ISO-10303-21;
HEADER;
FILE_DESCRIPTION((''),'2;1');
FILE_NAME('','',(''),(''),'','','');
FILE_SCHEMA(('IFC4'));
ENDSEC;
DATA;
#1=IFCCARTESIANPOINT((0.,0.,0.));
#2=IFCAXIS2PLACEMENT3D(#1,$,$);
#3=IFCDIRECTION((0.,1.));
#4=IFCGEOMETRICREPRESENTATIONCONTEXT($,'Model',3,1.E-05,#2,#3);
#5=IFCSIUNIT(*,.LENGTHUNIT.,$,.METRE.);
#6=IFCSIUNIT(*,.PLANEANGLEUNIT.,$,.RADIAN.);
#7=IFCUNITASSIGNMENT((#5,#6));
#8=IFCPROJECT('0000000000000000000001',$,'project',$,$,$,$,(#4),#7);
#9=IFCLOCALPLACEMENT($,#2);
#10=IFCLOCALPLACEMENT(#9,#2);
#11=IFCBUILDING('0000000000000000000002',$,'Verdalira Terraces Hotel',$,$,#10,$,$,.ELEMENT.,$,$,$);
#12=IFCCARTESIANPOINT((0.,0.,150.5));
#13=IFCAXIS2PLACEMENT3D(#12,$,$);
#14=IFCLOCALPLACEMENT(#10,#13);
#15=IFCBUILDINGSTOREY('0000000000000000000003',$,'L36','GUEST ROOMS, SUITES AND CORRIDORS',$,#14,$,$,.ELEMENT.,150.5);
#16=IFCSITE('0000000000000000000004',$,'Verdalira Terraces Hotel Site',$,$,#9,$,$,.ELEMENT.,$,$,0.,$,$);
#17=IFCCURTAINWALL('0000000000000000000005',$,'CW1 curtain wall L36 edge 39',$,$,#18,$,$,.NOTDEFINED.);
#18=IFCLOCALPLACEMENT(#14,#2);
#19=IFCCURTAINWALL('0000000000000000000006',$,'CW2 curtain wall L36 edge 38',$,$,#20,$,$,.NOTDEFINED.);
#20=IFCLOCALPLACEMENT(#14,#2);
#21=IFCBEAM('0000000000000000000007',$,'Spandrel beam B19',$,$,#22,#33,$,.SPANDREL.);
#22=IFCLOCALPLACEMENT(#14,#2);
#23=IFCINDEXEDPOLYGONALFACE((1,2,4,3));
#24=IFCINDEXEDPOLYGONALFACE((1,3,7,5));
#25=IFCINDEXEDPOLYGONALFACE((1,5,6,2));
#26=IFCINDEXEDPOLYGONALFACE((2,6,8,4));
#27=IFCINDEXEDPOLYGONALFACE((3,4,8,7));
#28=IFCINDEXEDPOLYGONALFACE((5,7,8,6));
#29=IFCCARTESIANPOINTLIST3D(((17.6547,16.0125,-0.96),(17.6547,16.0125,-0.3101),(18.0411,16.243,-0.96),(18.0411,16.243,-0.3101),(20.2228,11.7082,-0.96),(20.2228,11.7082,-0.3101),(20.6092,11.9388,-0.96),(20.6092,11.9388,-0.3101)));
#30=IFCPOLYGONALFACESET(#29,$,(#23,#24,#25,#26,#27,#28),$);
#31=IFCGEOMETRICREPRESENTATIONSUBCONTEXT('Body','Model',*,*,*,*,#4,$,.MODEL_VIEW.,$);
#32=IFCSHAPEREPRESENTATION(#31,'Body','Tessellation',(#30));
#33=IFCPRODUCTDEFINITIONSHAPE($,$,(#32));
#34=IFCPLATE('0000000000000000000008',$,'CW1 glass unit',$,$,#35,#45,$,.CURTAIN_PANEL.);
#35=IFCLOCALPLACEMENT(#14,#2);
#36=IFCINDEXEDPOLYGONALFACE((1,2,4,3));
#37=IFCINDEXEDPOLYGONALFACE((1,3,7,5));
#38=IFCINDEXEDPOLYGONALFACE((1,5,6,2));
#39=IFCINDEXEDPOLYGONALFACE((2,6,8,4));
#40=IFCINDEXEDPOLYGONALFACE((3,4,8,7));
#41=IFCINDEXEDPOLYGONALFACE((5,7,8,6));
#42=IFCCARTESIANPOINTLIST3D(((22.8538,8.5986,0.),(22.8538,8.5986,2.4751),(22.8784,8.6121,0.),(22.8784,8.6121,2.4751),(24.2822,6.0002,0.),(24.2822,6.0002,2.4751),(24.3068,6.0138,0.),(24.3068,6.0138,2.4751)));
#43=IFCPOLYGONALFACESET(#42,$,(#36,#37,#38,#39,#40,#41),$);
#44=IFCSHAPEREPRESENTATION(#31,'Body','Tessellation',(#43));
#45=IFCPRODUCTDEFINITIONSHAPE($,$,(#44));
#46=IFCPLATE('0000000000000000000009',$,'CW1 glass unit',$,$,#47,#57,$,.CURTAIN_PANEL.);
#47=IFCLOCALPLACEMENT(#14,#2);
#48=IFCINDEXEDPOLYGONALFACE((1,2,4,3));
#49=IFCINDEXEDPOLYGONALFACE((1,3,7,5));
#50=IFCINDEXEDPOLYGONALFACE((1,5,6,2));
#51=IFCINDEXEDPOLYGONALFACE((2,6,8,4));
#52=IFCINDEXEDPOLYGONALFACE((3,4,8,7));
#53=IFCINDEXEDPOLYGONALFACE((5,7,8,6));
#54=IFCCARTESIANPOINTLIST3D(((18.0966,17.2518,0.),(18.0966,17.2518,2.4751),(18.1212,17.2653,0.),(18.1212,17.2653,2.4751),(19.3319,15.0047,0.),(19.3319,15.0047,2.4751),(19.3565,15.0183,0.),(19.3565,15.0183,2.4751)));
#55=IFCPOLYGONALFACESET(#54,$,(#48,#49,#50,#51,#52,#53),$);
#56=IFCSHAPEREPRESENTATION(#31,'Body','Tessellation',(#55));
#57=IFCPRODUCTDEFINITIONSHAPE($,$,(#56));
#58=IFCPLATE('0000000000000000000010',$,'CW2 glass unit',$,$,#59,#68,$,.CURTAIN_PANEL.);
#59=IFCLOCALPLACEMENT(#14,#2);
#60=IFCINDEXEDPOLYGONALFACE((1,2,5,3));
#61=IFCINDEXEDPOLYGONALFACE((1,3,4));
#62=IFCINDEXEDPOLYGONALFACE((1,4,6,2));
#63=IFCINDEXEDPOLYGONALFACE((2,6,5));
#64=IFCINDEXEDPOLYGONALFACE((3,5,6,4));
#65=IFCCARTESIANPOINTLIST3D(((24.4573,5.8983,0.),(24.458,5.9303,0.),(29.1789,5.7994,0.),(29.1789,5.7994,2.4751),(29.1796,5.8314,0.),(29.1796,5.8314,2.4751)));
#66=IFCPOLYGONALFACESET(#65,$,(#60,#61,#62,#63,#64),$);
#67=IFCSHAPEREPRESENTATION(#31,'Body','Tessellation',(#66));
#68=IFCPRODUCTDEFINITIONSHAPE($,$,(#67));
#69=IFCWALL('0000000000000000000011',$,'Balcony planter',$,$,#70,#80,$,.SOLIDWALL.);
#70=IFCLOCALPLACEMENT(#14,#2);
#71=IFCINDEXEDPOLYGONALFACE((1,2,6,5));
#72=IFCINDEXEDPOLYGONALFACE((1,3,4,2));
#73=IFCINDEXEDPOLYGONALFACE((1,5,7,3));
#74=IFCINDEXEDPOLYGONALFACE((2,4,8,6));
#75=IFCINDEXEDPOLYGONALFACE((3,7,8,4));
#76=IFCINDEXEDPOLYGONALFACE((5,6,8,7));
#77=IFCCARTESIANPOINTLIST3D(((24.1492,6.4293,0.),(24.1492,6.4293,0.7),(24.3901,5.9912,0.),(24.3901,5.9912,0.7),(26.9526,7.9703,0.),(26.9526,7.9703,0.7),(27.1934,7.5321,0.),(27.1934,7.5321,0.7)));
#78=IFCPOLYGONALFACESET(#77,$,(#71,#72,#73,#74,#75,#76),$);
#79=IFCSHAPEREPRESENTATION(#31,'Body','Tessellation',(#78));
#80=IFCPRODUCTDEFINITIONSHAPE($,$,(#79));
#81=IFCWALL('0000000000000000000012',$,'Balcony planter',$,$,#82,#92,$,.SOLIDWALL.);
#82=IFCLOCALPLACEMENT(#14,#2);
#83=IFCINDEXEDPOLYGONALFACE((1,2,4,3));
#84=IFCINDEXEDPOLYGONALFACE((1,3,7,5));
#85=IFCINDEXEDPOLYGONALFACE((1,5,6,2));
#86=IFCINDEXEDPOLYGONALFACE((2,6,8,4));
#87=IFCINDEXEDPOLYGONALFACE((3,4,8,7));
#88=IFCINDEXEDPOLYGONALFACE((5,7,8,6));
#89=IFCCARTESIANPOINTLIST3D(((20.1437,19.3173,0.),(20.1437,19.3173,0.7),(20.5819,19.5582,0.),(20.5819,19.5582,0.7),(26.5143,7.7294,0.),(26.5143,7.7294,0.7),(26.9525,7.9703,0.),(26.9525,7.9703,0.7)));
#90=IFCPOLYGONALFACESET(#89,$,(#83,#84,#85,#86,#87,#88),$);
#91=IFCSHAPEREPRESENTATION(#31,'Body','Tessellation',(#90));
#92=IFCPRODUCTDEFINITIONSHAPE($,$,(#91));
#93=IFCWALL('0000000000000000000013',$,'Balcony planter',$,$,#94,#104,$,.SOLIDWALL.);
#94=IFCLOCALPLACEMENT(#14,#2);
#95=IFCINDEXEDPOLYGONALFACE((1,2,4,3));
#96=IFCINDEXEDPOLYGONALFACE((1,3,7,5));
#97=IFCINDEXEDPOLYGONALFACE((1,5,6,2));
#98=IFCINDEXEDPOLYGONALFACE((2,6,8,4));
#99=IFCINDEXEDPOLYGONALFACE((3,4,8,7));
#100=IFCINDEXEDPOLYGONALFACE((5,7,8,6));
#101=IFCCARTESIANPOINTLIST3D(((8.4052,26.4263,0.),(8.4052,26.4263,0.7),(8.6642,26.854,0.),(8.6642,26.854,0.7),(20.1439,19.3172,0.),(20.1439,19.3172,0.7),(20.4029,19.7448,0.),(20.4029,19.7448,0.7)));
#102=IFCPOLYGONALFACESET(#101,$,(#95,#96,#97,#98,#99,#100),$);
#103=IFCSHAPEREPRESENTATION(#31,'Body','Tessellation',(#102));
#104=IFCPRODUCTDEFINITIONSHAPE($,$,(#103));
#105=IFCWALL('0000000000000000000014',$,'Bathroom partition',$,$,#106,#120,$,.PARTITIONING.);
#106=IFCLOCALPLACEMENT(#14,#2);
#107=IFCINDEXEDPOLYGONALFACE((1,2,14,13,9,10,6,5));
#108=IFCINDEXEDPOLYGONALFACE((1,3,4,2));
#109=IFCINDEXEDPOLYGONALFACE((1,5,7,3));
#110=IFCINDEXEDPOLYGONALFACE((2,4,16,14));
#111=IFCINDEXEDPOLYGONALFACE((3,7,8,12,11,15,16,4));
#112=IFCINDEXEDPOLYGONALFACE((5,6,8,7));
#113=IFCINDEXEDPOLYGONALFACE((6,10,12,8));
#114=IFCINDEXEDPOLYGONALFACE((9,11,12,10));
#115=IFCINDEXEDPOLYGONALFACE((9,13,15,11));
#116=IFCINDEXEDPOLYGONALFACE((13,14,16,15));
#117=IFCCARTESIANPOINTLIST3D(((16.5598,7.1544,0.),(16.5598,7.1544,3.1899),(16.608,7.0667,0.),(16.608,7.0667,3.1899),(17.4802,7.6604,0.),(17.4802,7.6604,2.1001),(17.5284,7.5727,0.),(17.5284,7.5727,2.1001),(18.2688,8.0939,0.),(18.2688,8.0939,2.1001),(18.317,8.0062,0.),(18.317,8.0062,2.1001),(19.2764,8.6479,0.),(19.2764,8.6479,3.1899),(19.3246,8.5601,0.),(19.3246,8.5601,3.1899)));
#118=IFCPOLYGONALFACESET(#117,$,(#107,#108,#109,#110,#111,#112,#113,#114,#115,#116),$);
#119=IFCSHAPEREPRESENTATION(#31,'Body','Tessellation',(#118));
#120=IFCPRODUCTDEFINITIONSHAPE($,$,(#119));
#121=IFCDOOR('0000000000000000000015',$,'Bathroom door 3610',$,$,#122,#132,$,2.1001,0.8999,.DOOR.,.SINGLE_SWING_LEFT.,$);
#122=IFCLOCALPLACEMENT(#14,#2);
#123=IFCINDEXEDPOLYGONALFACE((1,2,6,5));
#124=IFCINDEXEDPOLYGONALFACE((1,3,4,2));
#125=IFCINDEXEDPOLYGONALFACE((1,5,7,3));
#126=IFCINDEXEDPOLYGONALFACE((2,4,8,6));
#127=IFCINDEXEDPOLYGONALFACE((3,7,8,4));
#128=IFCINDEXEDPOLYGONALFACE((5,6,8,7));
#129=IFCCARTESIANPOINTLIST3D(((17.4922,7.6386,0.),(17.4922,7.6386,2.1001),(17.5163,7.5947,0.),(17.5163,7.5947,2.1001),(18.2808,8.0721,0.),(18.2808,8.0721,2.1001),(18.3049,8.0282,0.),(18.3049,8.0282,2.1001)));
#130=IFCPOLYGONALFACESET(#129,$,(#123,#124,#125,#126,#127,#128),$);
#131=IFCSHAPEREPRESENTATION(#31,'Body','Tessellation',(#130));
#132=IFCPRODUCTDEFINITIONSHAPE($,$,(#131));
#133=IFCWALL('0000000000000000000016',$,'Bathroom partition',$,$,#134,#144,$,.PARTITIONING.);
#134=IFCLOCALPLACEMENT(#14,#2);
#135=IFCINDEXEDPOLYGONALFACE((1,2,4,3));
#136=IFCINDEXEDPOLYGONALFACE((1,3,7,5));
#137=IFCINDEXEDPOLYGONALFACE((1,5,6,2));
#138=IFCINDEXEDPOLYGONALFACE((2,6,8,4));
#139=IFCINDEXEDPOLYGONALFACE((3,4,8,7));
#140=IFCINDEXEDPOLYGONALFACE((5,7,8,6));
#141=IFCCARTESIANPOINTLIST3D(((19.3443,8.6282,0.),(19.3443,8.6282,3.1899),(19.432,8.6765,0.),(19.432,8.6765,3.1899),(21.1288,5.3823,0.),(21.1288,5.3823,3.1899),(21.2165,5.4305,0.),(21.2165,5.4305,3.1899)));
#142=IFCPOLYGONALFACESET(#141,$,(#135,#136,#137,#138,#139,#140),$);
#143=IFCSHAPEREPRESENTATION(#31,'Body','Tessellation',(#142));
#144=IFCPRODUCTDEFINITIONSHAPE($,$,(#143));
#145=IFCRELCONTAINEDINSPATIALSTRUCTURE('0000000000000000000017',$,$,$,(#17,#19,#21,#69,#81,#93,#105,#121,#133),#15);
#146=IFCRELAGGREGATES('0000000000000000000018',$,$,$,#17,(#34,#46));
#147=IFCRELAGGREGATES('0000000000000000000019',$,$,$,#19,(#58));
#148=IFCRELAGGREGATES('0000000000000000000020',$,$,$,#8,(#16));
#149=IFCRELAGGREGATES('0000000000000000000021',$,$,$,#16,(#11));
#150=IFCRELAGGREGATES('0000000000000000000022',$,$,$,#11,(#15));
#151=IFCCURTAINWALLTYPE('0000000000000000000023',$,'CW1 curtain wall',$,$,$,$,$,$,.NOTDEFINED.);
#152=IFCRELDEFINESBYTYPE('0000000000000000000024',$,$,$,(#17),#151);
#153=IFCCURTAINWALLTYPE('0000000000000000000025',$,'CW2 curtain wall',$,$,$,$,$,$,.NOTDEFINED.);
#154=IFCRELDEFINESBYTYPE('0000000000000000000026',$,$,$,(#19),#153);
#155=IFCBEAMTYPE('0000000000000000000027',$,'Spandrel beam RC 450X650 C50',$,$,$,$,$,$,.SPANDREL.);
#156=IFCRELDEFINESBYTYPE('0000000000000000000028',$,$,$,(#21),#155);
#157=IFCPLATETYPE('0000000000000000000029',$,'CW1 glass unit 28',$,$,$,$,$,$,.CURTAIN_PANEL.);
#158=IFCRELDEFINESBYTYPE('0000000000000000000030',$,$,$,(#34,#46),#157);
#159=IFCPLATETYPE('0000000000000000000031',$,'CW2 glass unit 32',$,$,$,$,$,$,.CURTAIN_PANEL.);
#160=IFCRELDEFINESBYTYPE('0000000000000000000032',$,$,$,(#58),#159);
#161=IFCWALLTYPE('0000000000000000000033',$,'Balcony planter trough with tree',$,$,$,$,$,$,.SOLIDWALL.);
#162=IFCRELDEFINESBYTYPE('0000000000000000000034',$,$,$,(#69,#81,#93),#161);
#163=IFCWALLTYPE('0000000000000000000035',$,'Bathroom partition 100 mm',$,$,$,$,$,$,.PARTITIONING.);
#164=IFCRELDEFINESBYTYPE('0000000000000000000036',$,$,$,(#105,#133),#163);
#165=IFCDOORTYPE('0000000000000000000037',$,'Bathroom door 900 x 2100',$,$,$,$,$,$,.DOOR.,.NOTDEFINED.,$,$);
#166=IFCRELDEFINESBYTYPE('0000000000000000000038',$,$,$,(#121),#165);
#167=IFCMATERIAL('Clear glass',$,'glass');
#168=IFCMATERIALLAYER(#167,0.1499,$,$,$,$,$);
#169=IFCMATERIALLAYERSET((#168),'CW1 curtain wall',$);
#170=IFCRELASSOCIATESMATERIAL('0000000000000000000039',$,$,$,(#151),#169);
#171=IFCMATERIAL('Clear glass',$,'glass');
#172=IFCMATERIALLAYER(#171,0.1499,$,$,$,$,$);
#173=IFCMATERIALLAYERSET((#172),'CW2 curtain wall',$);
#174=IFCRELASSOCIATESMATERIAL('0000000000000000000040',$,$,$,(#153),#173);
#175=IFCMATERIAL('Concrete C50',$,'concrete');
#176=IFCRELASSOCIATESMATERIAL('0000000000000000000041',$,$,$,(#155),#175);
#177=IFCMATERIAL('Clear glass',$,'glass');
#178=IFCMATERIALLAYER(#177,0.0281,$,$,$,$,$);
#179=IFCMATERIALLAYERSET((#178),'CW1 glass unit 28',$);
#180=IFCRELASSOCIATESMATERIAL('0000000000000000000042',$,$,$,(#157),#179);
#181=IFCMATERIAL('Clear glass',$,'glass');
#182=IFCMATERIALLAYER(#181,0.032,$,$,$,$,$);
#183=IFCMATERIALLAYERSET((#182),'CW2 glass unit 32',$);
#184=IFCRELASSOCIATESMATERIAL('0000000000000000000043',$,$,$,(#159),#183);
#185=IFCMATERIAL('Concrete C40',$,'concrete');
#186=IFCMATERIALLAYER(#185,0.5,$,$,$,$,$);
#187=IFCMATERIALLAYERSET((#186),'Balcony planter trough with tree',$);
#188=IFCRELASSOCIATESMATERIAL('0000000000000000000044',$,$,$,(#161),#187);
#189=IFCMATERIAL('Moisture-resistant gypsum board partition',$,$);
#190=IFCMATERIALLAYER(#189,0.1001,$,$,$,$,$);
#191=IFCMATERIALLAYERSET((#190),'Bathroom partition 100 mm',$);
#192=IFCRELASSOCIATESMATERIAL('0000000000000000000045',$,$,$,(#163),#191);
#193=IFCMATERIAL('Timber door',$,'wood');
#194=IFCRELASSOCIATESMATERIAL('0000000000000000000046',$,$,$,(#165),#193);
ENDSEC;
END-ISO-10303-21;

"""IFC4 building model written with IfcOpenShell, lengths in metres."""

from ifc_helpers import new_model, si_unit, direction, frame, frame_2d, origin, origin_2d, place, context, subcontext, project, spatial, polyline, rectangle, outline, extrude, material, layer, layer_set, material_profile, profile_set, type_object, element, fill, aggregate, save


model = new_model("IFC4")

# Units and contexts
model_context = context("Model", 3, precision=1e-05, world=origin(), true_north=direction((0.0, 1.0)))
body_context = subcontext(model_context, "Body", "Model", "MODEL_VIEW")
ifc_project = project(units=[si_unit("LENGTHUNIT", "METRE"), si_unit("PLANEANGLEUNIT", "RADIAN")], contexts=[model_context])

# Site, building, storey
site_placement = place(None, origin())
site = spatial("IfcSite", under=ifc_project, at=site_placement, Name="Verdalira Terraces Hotel Site", CompositionType="ELEMENT", RefElevation=0.0)
building_placement = place(site_placement, origin())
building = spatial("IfcBuilding", under=site, at=building_placement, Name="Verdalira Terraces Hotel", CompositionType="ELEMENT")
storey_placement = place(building_placement, frame((0.0, 0.0, 150.5)))
storey = spatial("IfcBuildingStorey", under=building, at=storey_placement, Name="L36", Description="GUEST ROOMS, SUITES AND CORRIDORS", CompositionType="ELEMENT", Elevation=150.5)

# Curtain wall
ifc_material_1 = material(Name="Clear glass", Category="glass")
ifc_layer_1 = layer(ifc_material_1, 0.1499)
ifc_layer_set_1 = layer_set([ifc_layer_1], Name="CW1 curtain wall")
curtain_wall_type_1 = type_object("IfcCurtainWallType", Name="CW1 curtain wall", PredefinedType="NOTDEFINED", material=ifc_layer_set_1)
curtain_wall_1_placement = place(storey_placement, origin())
curtain_wall_1 = element("IfcCurtainWall", 1, at=curtain_wall_1_placement, inside=storey, type_object=curtain_wall_type_1, Name="CW1 curtain wall L36 edge 39", PredefinedType="NOTDEFINED")

# Curtain wall
ifc_material_2 = material(Name="Clear glass", Category="glass")
ifc_layer_2 = layer(ifc_material_2, 0.1499)
ifc_layer_set_2 = layer_set([ifc_layer_2], Name="CW2 curtain wall")
curtain_wall_type_2 = type_object("IfcCurtainWallType", Name="CW2 curtain wall", PredefinedType="NOTDEFINED", material=ifc_layer_set_2)
curtain_wall_2_placement = place(storey_placement, origin())
curtain_wall_2 = element("IfcCurtainWall", 2, at=curtain_wall_2_placement, inside=storey, type_object=curtain_wall_type_2, Name="CW2 curtain wall L36 edge 38", PredefinedType="NOTDEFINED")

# Beam
ifc_material_3 = material(Name="Concrete C50", Category="concrete")
ifc_material_profile_1 = material_profile(ifc_material_3, rectangle(XDim=0.45, YDim=0.6499, at=origin_2d()), Name="RC 450X650")
ifc_profile_set_1 = profile_set([ifc_material_profile_1], Name="Concrete C50")
beam_type_1 = type_object("IfcBeamType", Name="Spandrel beam RC 450X650 C50", PredefinedType="SPANDREL", material=ifc_profile_set_1)
beam_1_placement = place(storey_placement, frame((20.416, 11.8235, -0.635), z_axis=(-0.512381, 0.858758, 0.0), x_axis=(-0.858758, -0.512381, 0.0)))
element("IfcBeam", 3, at=beam_1_placement, inside=storey, type_object=beam_type_1, Name="Spandrel beam B19", PredefinedType="SPANDREL", context=body_context, shape_type="SweptSolid", body=[
    extrude(rectangle(XDim=0.45, YDim=0.6499, at=origin_2d()), origin(), (0.0, 0.0, 1.0), 5.0122),
])

# Plates
ifc_material_4 = material(Name="Clear glass", Category="glass")
ifc_layer_3 = layer(ifc_material_4, 0.0281)
ifc_layer_set_3 = layer_set([ifc_layer_3], Name="CW1 glass unit 28")
plate_type_1 = type_object("IfcPlateType", Name="CW1 glass unit 28", PredefinedType="CURTAIN_PANEL", material=ifc_layer_set_3)
plate_1_placement = place(storey_placement, frame((23.5803, 7.3062, 0.0), z_axis=(0.0, 0.0, 1.0), x_axis=(-0.481754, 0.876307, 0.0)))
plate_1 = element("IfcPlate", 4, at=plate_1_placement, type_object=plate_type_1, Name="CW1 glass unit", PredefinedType="CURTAIN_PANEL", context=body_context, shape_type="SweptSolid", body=[
    extrude(rectangle(XDim=2.9651, YDim=0.0281, at=origin_2d()), origin(), (0.0, 0.0, 1.0), 2.4751),
])
plate_2_placement = place(storey_placement, frame((18.7266, 16.135, 0.0), z_axis=(0.0, 0.0, 1.0), x_axis=(-0.481754, 0.876307, 0.0)))
plate_2 = element("IfcPlate", 5, at=plate_2_placement, type_object=plate_type_1, Name="CW1 glass unit", PredefinedType="CURTAIN_PANEL", context=body_context, shape_type="SweptSolid", body=[
    extrude(rectangle(XDim=2.5642, YDim=0.0281, at=origin_2d()), origin(), (0.0, 0.0, 1.0), 2.4751),
])
aggregate(curtain_wall_1, [plate_1, plate_2])
ifc_material_5 = material(Name="Clear glass", Category="glass")
ifc_layer_4 = layer(ifc_material_5, 0.032)
ifc_layer_set_4 = layer_set([ifc_layer_4], Name="CW2 glass unit 32")
plate_type_2 = type_object("IfcPlateType", Name="CW2 glass unit 32", PredefinedType="CURTAIN_PANEL", material=ifc_layer_set_4)
plate_3_placement = place(storey_placement, frame((26.8181, 5.8489, 1.2375), z_axis=(0.020942, 0.999781, 0.0), x_axis=(-0.999781, 0.020942, 0.0)))
plate_3 = element("IfcPlate", 6, at=plate_3_placement, type_object=plate_type_2, Name="CW2 glass unit", PredefinedType="CURTAIN_PANEL", context=body_context, shape_type="SweptSolid", body=[
    extrude(outline(polyline([(-2.3613, -1.2375), (2.3613, -1.2375), (-2.3613, 1.2375), (-2.3613, -1.2375)])), origin(), (0.0, 0.0, 1.0), 0.032),
])
aggregate(curtain_wall_2, [plate_3])

# Walls
ifc_material_6 = material(Name="Concrete C40", Category="concrete")
ifc_layer_5 = layer(ifc_material_6, 0.5)
ifc_layer_set_5 = layer_set([ifc_layer_5], Name="Balcony planter trough with tree")
wall_type_1 = type_object("IfcWallType", Name="Balcony planter trough with tree", PredefinedType="SOLIDWALL", material=ifc_layer_set_5)
wall_1_placement = place(storey_placement, frame((24.2695, 6.2102, 0.0), z_axis=(0.0, 0.0, 1.0), x_axis=(0.876334, 0.481705, 0.0)))
element("IfcWall", 7, at=wall_1_placement, inside=storey, type_object=wall_type_1, Name="Balcony planter", PredefinedType="SOLIDWALL", context=body_context, shape_type="SweptSolid", body=[
    extrude(rectangle(XDim=3.199, YDim=0.5, at=frame_2d((1.5996, 0.0))), origin(), (0.0, 0.0, 1.0), 0.7),
])
wall_2_placement = place(storey_placement, frame((26.7334, 7.8499, 0.0), z_axis=(0.0, 0.0, 1.0), x_axis=(-0.48176, 0.876303, 0.0)))
element("IfcWall", 8, at=wall_2_placement, inside=storey, type_object=wall_type_1, Name="Balcony planter", PredefinedType="SOLIDWALL", context=body_context, shape_type="SweptSolid", body=[
    extrude(rectangle(XDim=13.2236, YDim=0.5, at=frame_2d((6.6118, 0.0))), origin(), (0.0, 0.0, 1.0), 0.7),
])
wall_3_placement = place(storey_placement, frame((20.2734, 19.531, 0.0), z_axis=(0.0, 0.0, 1.0), x_axis=(-0.855368, 0.518021, 0.0)))
element("IfcWall", 9, at=wall_3_placement, inside=storey, type_object=wall_type_1, Name="Balcony planter", PredefinedType="SOLIDWALL", context=body_context, shape_type="SweptSolid", body=[
    extrude(rectangle(XDim=13.7236, YDim=0.5, at=frame_2d((6.8618, 0.0))), origin(), (0.0, 0.0, 1.0), 0.7),
])

# Wall, opening, door
ifc_material_7 = material(Name="Moisture-resistant gypsum board partition")
ifc_layer_6 = layer(ifc_material_7, 0.1001)
ifc_layer_set_6 = layer_set([ifc_layer_6], Name="Bathroom partition 100 mm")
wall_type_2 = type_object("IfcWallType", Name="Bathroom partition 100 mm", PredefinedType="PARTITIONING", material=ifc_layer_set_6)
wall_4_placement = place(storey_placement, frame((19.3005, 8.604, 0.0), z_axis=(0.0, 0.0, 1.0), x_axis=(-0.876311, -0.481746, 0.0)))
wall_4 = element("IfcWall", 10, at=wall_4_placement, inside=storey, type_object=wall_type_2, Name="Bathroom partition", PredefinedType="PARTITIONING", context=body_context, shape_type="SweptSolid", body=[
    extrude(rectangle(XDim=3.1001, YDim=0.1001, at=frame_2d((1.55, 0.0))), origin(), (0.0, 0.0, 1.0), 3.1899),
])
opening_1_placement = place(wall_4_placement, frame((1.1499, 0.0, 0.0)))
opening_1 = element("IfcOpeningElement", 11, at=opening_1_placement, cuts=wall_4, PredefinedType="OPENING", context=body_context, shape_type="SweptSolid", body=[
    extrude(rectangle(XDim=0.8999, YDim=2.1001, at=frame_2d((0.45, 1.05))), frame((0.0, 0.0601, 0.0), z_axis=(0.0, -1.0, 0.0), x_axis=(1.0, 0.0, 0.0)), (0.0, 0.0, 1.0), 0.1201),
])
ifc_material_8 = material(Name="Timber door", Category="wood")
door_type_1 = type_object("IfcDoorType", Name="Bathroom door 900 x 2100", OperationType="NOTDEFINED", PredefinedType="DOOR", material=ifc_material_8)
door_1_placement = place(opening_1_placement, origin())
door_1 = element("IfcDoor", 12, at=door_1_placement, inside=storey, type_object=door_type_1, Name="Bathroom door 3610", OperationType="SINGLE_SWING_LEFT", OverallHeight=2.1001, OverallWidth=0.8999, PredefinedType="DOOR", context=body_context, shape_type="SweptSolid", body=[
    extrude(rectangle(XDim=0.8999, YDim=2.1001, at=frame_2d((0.45, 1.05))), frame((0.0, 0.0249, 0.0), z_axis=(0.0, -1.0, 0.0), x_axis=(1.0, 0.0, 0.0)), (0.0, 0.0, 1.0), 0.05),
])
fill(opening_1, door_1)

# Wall
wall_5_placement = place(storey_placement, frame((19.3882, 8.6523, 0.0), z_axis=(0.0, 0.0, 1.0), x_axis=(0.481754, -0.876306, 0.0)))
element("IfcWall", 13, at=wall_5_placement, inside=storey, type_object=wall_type_2, Name="Bathroom partition", PredefinedType="PARTITIONING", context=body_context, shape_type="SweptSolid", body=[
    extrude(rectangle(XDim=3.7041, YDim=0.1001, at=frame_2d((1.8521, 0.0))), origin(), (0.0, 0.0, 1.0), 3.1899),
])

save(model, "model.ifc")
